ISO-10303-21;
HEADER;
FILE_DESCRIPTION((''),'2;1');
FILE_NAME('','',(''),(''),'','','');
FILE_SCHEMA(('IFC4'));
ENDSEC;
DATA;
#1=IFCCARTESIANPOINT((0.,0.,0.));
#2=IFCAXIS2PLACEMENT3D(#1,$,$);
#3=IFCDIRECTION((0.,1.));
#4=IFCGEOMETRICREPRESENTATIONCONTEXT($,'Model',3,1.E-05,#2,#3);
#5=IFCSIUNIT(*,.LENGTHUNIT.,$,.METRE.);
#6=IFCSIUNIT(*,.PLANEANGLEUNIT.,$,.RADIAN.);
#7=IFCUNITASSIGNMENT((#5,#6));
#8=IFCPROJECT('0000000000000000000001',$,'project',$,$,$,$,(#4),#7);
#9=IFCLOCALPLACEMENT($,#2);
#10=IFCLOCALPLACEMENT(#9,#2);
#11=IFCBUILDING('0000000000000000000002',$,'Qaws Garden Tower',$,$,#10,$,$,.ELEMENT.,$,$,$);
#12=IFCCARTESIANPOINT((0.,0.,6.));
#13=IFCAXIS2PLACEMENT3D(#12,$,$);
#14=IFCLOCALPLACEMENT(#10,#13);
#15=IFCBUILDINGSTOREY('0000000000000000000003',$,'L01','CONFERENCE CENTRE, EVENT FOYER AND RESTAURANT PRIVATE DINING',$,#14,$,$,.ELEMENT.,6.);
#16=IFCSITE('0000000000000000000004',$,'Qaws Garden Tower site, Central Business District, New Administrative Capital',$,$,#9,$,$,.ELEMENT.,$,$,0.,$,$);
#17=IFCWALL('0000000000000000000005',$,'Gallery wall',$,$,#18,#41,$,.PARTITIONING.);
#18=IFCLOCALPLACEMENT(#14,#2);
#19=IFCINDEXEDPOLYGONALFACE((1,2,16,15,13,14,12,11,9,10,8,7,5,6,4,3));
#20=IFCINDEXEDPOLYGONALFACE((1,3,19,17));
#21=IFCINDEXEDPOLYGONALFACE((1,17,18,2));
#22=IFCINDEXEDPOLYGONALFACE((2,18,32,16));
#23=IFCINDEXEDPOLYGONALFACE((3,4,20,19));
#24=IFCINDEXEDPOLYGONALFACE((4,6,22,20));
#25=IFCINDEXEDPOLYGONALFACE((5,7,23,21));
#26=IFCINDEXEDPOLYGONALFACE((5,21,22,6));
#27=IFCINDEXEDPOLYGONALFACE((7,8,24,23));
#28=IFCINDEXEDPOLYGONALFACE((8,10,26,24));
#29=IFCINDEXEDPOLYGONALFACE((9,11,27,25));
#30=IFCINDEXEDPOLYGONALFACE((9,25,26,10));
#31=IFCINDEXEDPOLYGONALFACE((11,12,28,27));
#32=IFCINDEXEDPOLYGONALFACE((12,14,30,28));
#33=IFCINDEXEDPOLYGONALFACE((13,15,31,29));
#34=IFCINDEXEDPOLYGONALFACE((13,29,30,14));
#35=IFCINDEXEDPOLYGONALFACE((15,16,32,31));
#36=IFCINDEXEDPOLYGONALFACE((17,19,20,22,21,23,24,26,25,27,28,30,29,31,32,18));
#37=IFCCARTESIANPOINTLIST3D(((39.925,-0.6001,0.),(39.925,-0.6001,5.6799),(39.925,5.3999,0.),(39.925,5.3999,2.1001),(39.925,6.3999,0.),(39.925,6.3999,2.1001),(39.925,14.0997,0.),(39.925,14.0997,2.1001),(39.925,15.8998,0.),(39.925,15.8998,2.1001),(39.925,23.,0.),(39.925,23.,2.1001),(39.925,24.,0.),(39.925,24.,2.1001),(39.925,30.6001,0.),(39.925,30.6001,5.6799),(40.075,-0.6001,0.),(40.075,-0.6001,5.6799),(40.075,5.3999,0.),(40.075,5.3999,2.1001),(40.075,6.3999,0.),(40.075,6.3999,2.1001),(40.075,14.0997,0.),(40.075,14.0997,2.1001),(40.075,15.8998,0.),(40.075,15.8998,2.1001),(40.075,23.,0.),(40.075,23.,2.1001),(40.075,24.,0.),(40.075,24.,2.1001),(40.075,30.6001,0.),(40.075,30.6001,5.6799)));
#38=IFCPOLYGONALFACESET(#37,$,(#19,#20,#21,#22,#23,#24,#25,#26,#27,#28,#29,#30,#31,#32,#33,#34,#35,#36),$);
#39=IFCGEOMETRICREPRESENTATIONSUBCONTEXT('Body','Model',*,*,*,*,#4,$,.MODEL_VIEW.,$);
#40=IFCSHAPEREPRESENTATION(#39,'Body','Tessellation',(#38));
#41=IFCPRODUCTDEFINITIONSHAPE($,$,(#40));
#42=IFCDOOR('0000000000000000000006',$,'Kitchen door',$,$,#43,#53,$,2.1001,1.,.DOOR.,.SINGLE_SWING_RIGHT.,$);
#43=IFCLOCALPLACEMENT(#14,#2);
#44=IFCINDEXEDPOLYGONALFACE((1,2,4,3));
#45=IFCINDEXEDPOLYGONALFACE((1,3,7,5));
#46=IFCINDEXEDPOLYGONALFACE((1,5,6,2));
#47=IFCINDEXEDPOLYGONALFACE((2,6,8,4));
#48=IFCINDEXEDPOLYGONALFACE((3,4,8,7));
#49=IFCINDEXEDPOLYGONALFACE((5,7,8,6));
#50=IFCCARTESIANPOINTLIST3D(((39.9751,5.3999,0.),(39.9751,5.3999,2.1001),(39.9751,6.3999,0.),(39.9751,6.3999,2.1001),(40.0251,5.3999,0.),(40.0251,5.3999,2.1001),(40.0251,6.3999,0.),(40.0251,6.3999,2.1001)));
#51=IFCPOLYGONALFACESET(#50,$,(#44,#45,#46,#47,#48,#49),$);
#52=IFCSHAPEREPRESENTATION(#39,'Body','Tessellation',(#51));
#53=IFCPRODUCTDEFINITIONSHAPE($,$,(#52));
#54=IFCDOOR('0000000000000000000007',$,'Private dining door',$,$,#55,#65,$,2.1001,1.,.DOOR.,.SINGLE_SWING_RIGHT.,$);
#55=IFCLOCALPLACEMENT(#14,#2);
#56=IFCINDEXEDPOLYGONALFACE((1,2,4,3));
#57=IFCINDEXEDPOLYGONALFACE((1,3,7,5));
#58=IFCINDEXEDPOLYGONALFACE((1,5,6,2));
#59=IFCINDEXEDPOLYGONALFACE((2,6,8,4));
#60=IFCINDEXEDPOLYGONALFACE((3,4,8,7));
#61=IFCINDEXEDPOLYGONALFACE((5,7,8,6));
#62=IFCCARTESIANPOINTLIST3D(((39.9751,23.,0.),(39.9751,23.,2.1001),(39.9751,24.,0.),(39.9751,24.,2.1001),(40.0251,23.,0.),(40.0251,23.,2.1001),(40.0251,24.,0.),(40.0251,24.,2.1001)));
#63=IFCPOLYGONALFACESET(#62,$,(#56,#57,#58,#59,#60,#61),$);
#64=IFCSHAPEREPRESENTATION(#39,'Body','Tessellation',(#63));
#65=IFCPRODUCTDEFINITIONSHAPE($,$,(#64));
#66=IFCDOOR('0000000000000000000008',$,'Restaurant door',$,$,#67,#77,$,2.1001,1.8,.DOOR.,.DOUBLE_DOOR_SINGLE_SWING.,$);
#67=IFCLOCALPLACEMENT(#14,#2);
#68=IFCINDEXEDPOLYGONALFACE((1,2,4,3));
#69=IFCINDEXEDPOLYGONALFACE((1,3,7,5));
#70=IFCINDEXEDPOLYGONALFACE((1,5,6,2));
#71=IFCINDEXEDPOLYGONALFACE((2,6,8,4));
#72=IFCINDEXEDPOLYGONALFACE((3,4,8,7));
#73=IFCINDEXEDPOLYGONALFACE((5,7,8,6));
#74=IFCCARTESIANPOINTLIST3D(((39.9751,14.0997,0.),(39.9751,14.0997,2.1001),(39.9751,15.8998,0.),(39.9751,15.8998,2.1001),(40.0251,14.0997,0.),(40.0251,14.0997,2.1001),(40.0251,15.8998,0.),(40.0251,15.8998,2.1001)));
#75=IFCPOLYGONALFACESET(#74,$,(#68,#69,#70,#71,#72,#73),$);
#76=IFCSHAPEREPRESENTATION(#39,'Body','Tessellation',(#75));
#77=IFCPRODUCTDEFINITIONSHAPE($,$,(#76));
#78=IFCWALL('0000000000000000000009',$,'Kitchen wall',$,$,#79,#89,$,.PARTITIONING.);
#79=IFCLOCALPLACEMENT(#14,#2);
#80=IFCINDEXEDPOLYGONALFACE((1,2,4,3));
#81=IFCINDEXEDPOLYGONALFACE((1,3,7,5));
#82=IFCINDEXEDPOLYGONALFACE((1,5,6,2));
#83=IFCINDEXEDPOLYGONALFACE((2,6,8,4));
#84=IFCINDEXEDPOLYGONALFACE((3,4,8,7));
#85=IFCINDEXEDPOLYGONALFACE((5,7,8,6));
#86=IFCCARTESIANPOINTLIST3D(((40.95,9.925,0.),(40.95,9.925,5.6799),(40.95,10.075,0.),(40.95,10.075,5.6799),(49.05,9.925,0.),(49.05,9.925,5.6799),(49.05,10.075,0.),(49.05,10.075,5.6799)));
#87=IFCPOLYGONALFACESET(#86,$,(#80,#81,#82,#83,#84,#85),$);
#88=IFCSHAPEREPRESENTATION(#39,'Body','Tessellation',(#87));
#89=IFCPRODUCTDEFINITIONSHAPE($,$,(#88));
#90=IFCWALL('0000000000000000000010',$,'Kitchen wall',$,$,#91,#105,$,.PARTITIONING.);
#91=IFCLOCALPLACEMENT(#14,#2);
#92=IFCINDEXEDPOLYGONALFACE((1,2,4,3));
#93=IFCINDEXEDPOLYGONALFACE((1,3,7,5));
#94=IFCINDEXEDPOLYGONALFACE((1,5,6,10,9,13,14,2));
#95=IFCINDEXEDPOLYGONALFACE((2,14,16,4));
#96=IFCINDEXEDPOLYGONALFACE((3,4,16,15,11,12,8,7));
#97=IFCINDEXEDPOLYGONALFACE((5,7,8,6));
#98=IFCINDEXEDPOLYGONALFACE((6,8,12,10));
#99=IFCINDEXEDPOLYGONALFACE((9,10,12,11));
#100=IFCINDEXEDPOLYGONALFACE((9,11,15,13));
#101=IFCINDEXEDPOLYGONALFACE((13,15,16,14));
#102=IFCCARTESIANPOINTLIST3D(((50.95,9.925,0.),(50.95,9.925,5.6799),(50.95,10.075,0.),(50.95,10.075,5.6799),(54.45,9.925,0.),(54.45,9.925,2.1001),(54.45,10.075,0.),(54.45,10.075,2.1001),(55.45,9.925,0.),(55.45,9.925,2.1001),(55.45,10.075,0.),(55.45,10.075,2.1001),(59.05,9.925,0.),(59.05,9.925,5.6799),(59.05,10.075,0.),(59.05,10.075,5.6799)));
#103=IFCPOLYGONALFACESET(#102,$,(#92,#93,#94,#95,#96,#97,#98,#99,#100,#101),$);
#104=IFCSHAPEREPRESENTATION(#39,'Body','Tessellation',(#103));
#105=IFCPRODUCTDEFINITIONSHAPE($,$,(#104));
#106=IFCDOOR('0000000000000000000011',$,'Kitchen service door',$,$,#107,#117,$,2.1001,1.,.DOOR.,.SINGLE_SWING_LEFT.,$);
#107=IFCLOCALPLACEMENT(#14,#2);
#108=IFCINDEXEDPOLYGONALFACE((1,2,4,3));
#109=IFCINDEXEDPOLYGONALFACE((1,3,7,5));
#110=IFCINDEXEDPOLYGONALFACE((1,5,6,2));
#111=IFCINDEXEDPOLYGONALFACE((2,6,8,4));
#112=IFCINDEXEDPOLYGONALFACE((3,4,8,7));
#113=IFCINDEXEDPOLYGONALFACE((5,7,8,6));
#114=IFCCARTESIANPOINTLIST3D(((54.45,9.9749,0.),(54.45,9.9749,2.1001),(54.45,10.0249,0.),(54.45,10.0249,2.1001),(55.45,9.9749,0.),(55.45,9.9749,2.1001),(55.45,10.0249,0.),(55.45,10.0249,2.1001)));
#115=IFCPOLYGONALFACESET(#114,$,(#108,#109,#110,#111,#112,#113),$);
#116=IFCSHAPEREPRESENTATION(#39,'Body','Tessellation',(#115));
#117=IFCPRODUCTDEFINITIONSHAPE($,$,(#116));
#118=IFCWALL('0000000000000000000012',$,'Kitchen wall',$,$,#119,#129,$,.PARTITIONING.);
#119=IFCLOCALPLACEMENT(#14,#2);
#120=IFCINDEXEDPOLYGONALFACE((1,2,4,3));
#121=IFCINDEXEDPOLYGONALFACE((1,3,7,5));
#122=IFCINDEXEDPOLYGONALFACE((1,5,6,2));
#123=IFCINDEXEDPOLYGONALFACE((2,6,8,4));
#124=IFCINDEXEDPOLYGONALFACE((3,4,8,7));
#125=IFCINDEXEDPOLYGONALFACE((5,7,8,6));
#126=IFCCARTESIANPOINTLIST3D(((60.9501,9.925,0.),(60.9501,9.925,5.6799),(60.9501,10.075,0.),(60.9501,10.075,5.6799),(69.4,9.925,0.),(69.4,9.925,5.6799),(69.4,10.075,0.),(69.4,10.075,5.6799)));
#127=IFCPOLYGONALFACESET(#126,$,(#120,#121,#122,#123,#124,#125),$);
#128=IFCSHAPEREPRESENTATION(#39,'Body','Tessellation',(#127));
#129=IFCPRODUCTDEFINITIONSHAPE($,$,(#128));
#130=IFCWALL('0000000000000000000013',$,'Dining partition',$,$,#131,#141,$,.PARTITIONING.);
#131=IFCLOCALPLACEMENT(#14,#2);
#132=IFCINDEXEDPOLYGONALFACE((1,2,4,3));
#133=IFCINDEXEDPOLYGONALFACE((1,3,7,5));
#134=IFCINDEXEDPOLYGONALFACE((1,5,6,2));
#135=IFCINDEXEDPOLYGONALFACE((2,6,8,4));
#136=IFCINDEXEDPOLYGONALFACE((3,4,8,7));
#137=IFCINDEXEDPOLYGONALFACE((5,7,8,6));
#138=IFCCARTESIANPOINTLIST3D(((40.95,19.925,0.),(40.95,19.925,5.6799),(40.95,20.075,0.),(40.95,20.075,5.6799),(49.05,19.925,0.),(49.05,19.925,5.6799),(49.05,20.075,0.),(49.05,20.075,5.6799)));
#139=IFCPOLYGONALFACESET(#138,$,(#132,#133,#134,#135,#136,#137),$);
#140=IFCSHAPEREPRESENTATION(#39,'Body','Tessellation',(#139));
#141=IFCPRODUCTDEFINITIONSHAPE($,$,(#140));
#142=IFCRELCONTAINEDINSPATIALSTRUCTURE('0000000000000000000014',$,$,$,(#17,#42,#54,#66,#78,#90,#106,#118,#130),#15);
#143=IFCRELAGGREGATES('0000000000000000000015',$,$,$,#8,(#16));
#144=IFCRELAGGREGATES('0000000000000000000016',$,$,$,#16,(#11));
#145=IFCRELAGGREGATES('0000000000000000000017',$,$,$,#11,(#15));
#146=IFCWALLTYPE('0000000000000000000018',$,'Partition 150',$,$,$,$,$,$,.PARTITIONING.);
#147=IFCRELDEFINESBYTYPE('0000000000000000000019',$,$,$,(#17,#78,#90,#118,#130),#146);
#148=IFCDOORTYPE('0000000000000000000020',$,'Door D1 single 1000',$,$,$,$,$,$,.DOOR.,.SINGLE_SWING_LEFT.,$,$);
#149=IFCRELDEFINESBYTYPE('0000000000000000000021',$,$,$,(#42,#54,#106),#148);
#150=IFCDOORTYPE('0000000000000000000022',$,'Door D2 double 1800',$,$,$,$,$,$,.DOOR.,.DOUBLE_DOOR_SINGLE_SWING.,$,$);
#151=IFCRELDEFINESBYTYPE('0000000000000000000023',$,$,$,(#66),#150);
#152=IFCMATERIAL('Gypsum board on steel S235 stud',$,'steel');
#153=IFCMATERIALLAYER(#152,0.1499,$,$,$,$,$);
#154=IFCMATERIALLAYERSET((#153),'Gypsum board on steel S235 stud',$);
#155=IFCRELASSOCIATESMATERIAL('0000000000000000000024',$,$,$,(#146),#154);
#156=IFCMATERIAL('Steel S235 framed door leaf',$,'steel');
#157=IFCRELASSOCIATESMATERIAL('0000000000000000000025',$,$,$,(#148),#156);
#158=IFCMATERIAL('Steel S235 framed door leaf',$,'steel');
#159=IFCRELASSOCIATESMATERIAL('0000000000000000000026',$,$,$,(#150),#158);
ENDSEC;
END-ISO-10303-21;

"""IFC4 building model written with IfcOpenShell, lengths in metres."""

from ifc_helpers import new_model, si_unit, direction, frame, frame_2d, origin, place, context, subcontext, project, spatial, rectangle, extrude, material, layer, layer_set, type_object, element, fill, save


model = new_model("IFC4")

# Units and contexts
model_context = context("Model", 3, precision=1e-05, world=origin(), true_north=direction((0.0, 1.0)))
body_context = subcontext(model_context, "Body", "Model", "MODEL_VIEW")
ifc_project = project(units=[si_unit("LENGTHUNIT", "METRE"), si_unit("PLANEANGLEUNIT", "RADIAN")], contexts=[model_context])

# Site, building, storey
site_placement = place(None, origin())
site = spatial("IfcSite", under=ifc_project, at=site_placement, Name="Qaws Garden Tower site, Central Business District, New Administrative Capital", CompositionType="ELEMENT", RefElevation=0.0)
building_placement = place(site_placement, origin())
building = spatial("IfcBuilding", under=site, at=building_placement, Name="Qaws Garden Tower", CompositionType="ELEMENT")
storey_placement = place(building_placement, frame((0.0, 0.0, 6.0)))
storey = spatial("IfcBuildingStorey", under=building, at=storey_placement, Name="L01", Description="CONFERENCE CENTRE, EVENT FOYER AND RESTAURANT PRIVATE DINING", CompositionType="ELEMENT", Elevation=6.0)

# Wall, openings, doors
ifc_material_1 = material(Name="Gypsum board on steel S235 stud", Category="steel")
ifc_layer = layer(ifc_material_1, 0.1499)
ifc_layer_set = layer_set([ifc_layer], Name="Gypsum board on steel S235 stud")
wall_type = type_object("IfcWallType", Name="Partition 150", PredefinedType="PARTITIONING", material=ifc_layer_set)
wall_1_placement = place(storey_placement, frame((40.0, -0.6001, 0.0), z_axis=(0.0, 0.0, 1.0), x_axis=(0.0, 1.0, 0.0)))
wall_1 = element("IfcWall", 1, at=wall_1_placement, inside=storey, type_object=wall_type, Name="Gallery wall", PredefinedType="PARTITIONING", context=body_context, shape_type="SweptSolid", body=[
    extrude(rectangle(XDim=31.2002, YDim=0.1499, at=frame_2d((15.6001, 0.0))), origin(), (0.0, 0.0, 1.0), 5.6799),
])
opening_1_placement = place(wall_1_placement, frame((14.7, 0.0, 0.0)))
opening_1 = element("IfcOpeningElement", 2, at=opening_1_placement, cuts=wall_1, PredefinedType="OPENING", context=body_context, shape_type="SweptSolid", body=[
    extrude(rectangle(XDim=1.8, YDim=2.1001, at=frame_2d((0.8999, 1.05))), frame((0.0, 0.085, 0.0), z_axis=(0.0, -1.0, 0.0), x_axis=(1.0, 0.0, 0.0)), (0.0, 0.0, 1.0), 0.1699),
])
opening_2_placement = place(wall_1_placement, frame((6.0, 0.0, 0.0)))
opening_2 = element("IfcOpeningElement", 3, at=opening_2_placement, cuts=wall_1, PredefinedType="OPENING", context=body_context, shape_type="SweptSolid", body=[
    extrude(rectangle(XDim=1.0, YDim=2.1001, at=frame_2d((0.5, 1.05))), frame((0.0, 0.085, 0.0), z_axis=(0.0, -1.0, 0.0), x_axis=(1.0, 0.0, 0.0)), (0.0, 0.0, 1.0), 0.1699),
])
opening_3_placement = place(wall_1_placement, frame((23.6001, 0.0, 0.0)))
opening_3 = element("IfcOpeningElement", 4, at=opening_3_placement, cuts=wall_1, PredefinedType="OPENING", context=body_context, shape_type="SweptSolid", body=[
    extrude(rectangle(XDim=1.0, YDim=2.1001, at=frame_2d((0.5, 1.05))), frame((0.0, 0.085, 0.0), z_axis=(0.0, -1.0, 0.0), x_axis=(1.0, 0.0, 0.0)), (0.0, 0.0, 1.0), 0.1699),
])
ifc_material_2 = material(Name="Steel S235 framed door leaf", Category="steel")
door_type_1 = type_object("IfcDoorType", Name="Door D1 single 1000", OperationType="SINGLE_SWING_LEFT", PredefinedType="DOOR", material=ifc_material_2)
door_1_placement = place(opening_2_placement, origin())
door_1 = element("IfcDoor", 5, at=door_1_placement, inside=storey, type_object=door_type_1, Name="Kitchen door", OperationType="SINGLE_SWING_RIGHT", OverallHeight=2.1001, OverallWidth=1.0, PredefinedType="DOOR", context=body_context, shape_type="SweptSolid", body=[
    extrude(rectangle(XDim=1.0, YDim=2.1001, at=frame_2d((0.5, 1.05))), frame((0.0, 0.0249, 0.0), z_axis=(0.0, -1.0, 0.0), x_axis=(1.0, 0.0, 0.0)), (0.0, 0.0, 1.0), 0.05),
])
fill(opening_2, door_1)
door_2_placement = place(opening_3_placement, origin())
door_2 = element("IfcDoor", 6, at=door_2_placement, inside=storey, type_object=door_type_1, Name="Private dining door", OperationType="SINGLE_SWING_RIGHT", OverallHeight=2.1001, OverallWidth=1.0, PredefinedType="DOOR", context=body_context, shape_type="SweptSolid", body=[
    extrude(rectangle(XDim=1.0, YDim=2.1001, at=frame_2d((0.5, 1.05))), frame((0.0, 0.0249, 0.0), z_axis=(0.0, -1.0, 0.0), x_axis=(1.0, 0.0, 0.0)), (0.0, 0.0, 1.0), 0.05),
])
fill(opening_3, door_2)
ifc_material_3 = material(Name="Steel S235 framed door leaf", Category="steel")
door_type_2 = type_object("IfcDoorType", Name="Door D2 double 1800", OperationType="DOUBLE_DOOR_SINGLE_SWING", PredefinedType="DOOR", material=ifc_material_3)
door_3_placement = place(opening_1_placement, origin())
door_3 = element("IfcDoor", 7, at=door_3_placement, inside=storey, type_object=door_type_2, Name="Restaurant door", OperationType="DOUBLE_DOOR_SINGLE_SWING", OverallHeight=2.1001, OverallWidth=1.8, PredefinedType="DOOR", context=body_context, shape_type="SweptSolid", body=[
    extrude(rectangle(XDim=1.8, YDim=2.1001, at=frame_2d((0.8999, 1.05))), frame((0.0, 0.0249, 0.0), z_axis=(0.0, -1.0, 0.0), x_axis=(1.0, 0.0, 0.0)), (0.0, 0.0, 1.0), 0.05),
])
fill(opening_1, door_3)

# Wall
wall_2_placement = place(storey_placement, frame((40.95, 10.0, 0.0), z_axis=(0.0, 0.0, 1.0), x_axis=(1.0, 0.0, 0.0)))
element("IfcWall", 8, at=wall_2_placement, inside=storey, type_object=wall_type, Name="Kitchen wall", PredefinedType="PARTITIONING", context=body_context, shape_type="SweptSolid", body=[
    extrude(rectangle(XDim=8.1001, YDim=0.1499, at=frame_2d((4.05, 0.0))), origin(), (0.0, 0.0, 1.0), 5.6799),
])

# Wall, opening, door
wall_3_placement = place(storey_placement, frame((50.95, 10.0, 0.0), z_axis=(0.0, 0.0, 1.0), x_axis=(1.0, 0.0, 0.0)))
wall_3 = element("IfcWall", 9, at=wall_3_placement, inside=storey, type_object=wall_type, Name="Kitchen wall", PredefinedType="PARTITIONING", context=body_context, shape_type="SweptSolid", body=[
    extrude(rectangle(XDim=8.1001, YDim=0.1499, at=frame_2d((4.05, 0.0))), origin(), (0.0, 0.0, 1.0), 5.6799),
])
opening_4_placement = place(wall_3_placement, frame((3.5, 0.0, 0.0)))
opening_4 = element("IfcOpeningElement", 10, at=opening_4_placement, cuts=wall_3, PredefinedType="OPENING", context=body_context, shape_type="SweptSolid", body=[
    extrude(rectangle(XDim=1.0, YDim=2.1001, at=frame_2d((0.5, 1.05))), frame((0.0, 0.085, 0.0), z_axis=(0.0, -1.0, 0.0), x_axis=(1.0, 0.0, 0.0)), (0.0, 0.0, 1.0), 0.1699),
])
door_4_placement = place(opening_4_placement, origin())
door_4 = element("IfcDoor", 11, at=door_4_placement, inside=storey, type_object=door_type_1, Name="Kitchen service door", OperationType="SINGLE_SWING_LEFT", OverallHeight=2.1001, OverallWidth=1.0, PredefinedType="DOOR", context=body_context, shape_type="SweptSolid", body=[
    extrude(rectangle(XDim=1.0, YDim=2.1001, at=frame_2d((0.5, 1.05))), frame((0.0, 0.0249, 0.0), z_axis=(0.0, -1.0, 0.0), x_axis=(1.0, 0.0, 0.0)), (0.0, 0.0, 1.0), 0.05),
])
fill(opening_4, door_4)

# Walls
wall_4_placement = place(storey_placement, frame((60.95, 10.0, 0.0), z_axis=(0.0, 0.0, 1.0), x_axis=(1.0, 0.0, 0.0)))
element("IfcWall", 12, at=wall_4_placement, inside=storey, type_object=wall_type, Name="Kitchen wall", PredefinedType="PARTITIONING", context=body_context, shape_type="SweptSolid", body=[
    extrude(rectangle(XDim=8.45, YDim=0.1499, at=frame_2d((4.2251, 0.0))), origin(), (0.0, 0.0, 1.0), 5.6799),
])
wall_5_placement = place(storey_placement, frame((40.95, 20.0, 0.0), z_axis=(0.0, 0.0, 1.0), x_axis=(1.0, 0.0, 0.0)))
element("IfcWall", 13, at=wall_5_placement, inside=storey, type_object=wall_type, Name="Dining partition", PredefinedType="PARTITIONING", context=body_context, shape_type="SweptSolid", body=[
    extrude(rectangle(XDim=8.1001, YDim=0.1499, at=frame_2d((4.05, 0.0))), origin(), (0.0, 0.0, 1.0), 5.6799),
])

save(model, "model.ifc")
